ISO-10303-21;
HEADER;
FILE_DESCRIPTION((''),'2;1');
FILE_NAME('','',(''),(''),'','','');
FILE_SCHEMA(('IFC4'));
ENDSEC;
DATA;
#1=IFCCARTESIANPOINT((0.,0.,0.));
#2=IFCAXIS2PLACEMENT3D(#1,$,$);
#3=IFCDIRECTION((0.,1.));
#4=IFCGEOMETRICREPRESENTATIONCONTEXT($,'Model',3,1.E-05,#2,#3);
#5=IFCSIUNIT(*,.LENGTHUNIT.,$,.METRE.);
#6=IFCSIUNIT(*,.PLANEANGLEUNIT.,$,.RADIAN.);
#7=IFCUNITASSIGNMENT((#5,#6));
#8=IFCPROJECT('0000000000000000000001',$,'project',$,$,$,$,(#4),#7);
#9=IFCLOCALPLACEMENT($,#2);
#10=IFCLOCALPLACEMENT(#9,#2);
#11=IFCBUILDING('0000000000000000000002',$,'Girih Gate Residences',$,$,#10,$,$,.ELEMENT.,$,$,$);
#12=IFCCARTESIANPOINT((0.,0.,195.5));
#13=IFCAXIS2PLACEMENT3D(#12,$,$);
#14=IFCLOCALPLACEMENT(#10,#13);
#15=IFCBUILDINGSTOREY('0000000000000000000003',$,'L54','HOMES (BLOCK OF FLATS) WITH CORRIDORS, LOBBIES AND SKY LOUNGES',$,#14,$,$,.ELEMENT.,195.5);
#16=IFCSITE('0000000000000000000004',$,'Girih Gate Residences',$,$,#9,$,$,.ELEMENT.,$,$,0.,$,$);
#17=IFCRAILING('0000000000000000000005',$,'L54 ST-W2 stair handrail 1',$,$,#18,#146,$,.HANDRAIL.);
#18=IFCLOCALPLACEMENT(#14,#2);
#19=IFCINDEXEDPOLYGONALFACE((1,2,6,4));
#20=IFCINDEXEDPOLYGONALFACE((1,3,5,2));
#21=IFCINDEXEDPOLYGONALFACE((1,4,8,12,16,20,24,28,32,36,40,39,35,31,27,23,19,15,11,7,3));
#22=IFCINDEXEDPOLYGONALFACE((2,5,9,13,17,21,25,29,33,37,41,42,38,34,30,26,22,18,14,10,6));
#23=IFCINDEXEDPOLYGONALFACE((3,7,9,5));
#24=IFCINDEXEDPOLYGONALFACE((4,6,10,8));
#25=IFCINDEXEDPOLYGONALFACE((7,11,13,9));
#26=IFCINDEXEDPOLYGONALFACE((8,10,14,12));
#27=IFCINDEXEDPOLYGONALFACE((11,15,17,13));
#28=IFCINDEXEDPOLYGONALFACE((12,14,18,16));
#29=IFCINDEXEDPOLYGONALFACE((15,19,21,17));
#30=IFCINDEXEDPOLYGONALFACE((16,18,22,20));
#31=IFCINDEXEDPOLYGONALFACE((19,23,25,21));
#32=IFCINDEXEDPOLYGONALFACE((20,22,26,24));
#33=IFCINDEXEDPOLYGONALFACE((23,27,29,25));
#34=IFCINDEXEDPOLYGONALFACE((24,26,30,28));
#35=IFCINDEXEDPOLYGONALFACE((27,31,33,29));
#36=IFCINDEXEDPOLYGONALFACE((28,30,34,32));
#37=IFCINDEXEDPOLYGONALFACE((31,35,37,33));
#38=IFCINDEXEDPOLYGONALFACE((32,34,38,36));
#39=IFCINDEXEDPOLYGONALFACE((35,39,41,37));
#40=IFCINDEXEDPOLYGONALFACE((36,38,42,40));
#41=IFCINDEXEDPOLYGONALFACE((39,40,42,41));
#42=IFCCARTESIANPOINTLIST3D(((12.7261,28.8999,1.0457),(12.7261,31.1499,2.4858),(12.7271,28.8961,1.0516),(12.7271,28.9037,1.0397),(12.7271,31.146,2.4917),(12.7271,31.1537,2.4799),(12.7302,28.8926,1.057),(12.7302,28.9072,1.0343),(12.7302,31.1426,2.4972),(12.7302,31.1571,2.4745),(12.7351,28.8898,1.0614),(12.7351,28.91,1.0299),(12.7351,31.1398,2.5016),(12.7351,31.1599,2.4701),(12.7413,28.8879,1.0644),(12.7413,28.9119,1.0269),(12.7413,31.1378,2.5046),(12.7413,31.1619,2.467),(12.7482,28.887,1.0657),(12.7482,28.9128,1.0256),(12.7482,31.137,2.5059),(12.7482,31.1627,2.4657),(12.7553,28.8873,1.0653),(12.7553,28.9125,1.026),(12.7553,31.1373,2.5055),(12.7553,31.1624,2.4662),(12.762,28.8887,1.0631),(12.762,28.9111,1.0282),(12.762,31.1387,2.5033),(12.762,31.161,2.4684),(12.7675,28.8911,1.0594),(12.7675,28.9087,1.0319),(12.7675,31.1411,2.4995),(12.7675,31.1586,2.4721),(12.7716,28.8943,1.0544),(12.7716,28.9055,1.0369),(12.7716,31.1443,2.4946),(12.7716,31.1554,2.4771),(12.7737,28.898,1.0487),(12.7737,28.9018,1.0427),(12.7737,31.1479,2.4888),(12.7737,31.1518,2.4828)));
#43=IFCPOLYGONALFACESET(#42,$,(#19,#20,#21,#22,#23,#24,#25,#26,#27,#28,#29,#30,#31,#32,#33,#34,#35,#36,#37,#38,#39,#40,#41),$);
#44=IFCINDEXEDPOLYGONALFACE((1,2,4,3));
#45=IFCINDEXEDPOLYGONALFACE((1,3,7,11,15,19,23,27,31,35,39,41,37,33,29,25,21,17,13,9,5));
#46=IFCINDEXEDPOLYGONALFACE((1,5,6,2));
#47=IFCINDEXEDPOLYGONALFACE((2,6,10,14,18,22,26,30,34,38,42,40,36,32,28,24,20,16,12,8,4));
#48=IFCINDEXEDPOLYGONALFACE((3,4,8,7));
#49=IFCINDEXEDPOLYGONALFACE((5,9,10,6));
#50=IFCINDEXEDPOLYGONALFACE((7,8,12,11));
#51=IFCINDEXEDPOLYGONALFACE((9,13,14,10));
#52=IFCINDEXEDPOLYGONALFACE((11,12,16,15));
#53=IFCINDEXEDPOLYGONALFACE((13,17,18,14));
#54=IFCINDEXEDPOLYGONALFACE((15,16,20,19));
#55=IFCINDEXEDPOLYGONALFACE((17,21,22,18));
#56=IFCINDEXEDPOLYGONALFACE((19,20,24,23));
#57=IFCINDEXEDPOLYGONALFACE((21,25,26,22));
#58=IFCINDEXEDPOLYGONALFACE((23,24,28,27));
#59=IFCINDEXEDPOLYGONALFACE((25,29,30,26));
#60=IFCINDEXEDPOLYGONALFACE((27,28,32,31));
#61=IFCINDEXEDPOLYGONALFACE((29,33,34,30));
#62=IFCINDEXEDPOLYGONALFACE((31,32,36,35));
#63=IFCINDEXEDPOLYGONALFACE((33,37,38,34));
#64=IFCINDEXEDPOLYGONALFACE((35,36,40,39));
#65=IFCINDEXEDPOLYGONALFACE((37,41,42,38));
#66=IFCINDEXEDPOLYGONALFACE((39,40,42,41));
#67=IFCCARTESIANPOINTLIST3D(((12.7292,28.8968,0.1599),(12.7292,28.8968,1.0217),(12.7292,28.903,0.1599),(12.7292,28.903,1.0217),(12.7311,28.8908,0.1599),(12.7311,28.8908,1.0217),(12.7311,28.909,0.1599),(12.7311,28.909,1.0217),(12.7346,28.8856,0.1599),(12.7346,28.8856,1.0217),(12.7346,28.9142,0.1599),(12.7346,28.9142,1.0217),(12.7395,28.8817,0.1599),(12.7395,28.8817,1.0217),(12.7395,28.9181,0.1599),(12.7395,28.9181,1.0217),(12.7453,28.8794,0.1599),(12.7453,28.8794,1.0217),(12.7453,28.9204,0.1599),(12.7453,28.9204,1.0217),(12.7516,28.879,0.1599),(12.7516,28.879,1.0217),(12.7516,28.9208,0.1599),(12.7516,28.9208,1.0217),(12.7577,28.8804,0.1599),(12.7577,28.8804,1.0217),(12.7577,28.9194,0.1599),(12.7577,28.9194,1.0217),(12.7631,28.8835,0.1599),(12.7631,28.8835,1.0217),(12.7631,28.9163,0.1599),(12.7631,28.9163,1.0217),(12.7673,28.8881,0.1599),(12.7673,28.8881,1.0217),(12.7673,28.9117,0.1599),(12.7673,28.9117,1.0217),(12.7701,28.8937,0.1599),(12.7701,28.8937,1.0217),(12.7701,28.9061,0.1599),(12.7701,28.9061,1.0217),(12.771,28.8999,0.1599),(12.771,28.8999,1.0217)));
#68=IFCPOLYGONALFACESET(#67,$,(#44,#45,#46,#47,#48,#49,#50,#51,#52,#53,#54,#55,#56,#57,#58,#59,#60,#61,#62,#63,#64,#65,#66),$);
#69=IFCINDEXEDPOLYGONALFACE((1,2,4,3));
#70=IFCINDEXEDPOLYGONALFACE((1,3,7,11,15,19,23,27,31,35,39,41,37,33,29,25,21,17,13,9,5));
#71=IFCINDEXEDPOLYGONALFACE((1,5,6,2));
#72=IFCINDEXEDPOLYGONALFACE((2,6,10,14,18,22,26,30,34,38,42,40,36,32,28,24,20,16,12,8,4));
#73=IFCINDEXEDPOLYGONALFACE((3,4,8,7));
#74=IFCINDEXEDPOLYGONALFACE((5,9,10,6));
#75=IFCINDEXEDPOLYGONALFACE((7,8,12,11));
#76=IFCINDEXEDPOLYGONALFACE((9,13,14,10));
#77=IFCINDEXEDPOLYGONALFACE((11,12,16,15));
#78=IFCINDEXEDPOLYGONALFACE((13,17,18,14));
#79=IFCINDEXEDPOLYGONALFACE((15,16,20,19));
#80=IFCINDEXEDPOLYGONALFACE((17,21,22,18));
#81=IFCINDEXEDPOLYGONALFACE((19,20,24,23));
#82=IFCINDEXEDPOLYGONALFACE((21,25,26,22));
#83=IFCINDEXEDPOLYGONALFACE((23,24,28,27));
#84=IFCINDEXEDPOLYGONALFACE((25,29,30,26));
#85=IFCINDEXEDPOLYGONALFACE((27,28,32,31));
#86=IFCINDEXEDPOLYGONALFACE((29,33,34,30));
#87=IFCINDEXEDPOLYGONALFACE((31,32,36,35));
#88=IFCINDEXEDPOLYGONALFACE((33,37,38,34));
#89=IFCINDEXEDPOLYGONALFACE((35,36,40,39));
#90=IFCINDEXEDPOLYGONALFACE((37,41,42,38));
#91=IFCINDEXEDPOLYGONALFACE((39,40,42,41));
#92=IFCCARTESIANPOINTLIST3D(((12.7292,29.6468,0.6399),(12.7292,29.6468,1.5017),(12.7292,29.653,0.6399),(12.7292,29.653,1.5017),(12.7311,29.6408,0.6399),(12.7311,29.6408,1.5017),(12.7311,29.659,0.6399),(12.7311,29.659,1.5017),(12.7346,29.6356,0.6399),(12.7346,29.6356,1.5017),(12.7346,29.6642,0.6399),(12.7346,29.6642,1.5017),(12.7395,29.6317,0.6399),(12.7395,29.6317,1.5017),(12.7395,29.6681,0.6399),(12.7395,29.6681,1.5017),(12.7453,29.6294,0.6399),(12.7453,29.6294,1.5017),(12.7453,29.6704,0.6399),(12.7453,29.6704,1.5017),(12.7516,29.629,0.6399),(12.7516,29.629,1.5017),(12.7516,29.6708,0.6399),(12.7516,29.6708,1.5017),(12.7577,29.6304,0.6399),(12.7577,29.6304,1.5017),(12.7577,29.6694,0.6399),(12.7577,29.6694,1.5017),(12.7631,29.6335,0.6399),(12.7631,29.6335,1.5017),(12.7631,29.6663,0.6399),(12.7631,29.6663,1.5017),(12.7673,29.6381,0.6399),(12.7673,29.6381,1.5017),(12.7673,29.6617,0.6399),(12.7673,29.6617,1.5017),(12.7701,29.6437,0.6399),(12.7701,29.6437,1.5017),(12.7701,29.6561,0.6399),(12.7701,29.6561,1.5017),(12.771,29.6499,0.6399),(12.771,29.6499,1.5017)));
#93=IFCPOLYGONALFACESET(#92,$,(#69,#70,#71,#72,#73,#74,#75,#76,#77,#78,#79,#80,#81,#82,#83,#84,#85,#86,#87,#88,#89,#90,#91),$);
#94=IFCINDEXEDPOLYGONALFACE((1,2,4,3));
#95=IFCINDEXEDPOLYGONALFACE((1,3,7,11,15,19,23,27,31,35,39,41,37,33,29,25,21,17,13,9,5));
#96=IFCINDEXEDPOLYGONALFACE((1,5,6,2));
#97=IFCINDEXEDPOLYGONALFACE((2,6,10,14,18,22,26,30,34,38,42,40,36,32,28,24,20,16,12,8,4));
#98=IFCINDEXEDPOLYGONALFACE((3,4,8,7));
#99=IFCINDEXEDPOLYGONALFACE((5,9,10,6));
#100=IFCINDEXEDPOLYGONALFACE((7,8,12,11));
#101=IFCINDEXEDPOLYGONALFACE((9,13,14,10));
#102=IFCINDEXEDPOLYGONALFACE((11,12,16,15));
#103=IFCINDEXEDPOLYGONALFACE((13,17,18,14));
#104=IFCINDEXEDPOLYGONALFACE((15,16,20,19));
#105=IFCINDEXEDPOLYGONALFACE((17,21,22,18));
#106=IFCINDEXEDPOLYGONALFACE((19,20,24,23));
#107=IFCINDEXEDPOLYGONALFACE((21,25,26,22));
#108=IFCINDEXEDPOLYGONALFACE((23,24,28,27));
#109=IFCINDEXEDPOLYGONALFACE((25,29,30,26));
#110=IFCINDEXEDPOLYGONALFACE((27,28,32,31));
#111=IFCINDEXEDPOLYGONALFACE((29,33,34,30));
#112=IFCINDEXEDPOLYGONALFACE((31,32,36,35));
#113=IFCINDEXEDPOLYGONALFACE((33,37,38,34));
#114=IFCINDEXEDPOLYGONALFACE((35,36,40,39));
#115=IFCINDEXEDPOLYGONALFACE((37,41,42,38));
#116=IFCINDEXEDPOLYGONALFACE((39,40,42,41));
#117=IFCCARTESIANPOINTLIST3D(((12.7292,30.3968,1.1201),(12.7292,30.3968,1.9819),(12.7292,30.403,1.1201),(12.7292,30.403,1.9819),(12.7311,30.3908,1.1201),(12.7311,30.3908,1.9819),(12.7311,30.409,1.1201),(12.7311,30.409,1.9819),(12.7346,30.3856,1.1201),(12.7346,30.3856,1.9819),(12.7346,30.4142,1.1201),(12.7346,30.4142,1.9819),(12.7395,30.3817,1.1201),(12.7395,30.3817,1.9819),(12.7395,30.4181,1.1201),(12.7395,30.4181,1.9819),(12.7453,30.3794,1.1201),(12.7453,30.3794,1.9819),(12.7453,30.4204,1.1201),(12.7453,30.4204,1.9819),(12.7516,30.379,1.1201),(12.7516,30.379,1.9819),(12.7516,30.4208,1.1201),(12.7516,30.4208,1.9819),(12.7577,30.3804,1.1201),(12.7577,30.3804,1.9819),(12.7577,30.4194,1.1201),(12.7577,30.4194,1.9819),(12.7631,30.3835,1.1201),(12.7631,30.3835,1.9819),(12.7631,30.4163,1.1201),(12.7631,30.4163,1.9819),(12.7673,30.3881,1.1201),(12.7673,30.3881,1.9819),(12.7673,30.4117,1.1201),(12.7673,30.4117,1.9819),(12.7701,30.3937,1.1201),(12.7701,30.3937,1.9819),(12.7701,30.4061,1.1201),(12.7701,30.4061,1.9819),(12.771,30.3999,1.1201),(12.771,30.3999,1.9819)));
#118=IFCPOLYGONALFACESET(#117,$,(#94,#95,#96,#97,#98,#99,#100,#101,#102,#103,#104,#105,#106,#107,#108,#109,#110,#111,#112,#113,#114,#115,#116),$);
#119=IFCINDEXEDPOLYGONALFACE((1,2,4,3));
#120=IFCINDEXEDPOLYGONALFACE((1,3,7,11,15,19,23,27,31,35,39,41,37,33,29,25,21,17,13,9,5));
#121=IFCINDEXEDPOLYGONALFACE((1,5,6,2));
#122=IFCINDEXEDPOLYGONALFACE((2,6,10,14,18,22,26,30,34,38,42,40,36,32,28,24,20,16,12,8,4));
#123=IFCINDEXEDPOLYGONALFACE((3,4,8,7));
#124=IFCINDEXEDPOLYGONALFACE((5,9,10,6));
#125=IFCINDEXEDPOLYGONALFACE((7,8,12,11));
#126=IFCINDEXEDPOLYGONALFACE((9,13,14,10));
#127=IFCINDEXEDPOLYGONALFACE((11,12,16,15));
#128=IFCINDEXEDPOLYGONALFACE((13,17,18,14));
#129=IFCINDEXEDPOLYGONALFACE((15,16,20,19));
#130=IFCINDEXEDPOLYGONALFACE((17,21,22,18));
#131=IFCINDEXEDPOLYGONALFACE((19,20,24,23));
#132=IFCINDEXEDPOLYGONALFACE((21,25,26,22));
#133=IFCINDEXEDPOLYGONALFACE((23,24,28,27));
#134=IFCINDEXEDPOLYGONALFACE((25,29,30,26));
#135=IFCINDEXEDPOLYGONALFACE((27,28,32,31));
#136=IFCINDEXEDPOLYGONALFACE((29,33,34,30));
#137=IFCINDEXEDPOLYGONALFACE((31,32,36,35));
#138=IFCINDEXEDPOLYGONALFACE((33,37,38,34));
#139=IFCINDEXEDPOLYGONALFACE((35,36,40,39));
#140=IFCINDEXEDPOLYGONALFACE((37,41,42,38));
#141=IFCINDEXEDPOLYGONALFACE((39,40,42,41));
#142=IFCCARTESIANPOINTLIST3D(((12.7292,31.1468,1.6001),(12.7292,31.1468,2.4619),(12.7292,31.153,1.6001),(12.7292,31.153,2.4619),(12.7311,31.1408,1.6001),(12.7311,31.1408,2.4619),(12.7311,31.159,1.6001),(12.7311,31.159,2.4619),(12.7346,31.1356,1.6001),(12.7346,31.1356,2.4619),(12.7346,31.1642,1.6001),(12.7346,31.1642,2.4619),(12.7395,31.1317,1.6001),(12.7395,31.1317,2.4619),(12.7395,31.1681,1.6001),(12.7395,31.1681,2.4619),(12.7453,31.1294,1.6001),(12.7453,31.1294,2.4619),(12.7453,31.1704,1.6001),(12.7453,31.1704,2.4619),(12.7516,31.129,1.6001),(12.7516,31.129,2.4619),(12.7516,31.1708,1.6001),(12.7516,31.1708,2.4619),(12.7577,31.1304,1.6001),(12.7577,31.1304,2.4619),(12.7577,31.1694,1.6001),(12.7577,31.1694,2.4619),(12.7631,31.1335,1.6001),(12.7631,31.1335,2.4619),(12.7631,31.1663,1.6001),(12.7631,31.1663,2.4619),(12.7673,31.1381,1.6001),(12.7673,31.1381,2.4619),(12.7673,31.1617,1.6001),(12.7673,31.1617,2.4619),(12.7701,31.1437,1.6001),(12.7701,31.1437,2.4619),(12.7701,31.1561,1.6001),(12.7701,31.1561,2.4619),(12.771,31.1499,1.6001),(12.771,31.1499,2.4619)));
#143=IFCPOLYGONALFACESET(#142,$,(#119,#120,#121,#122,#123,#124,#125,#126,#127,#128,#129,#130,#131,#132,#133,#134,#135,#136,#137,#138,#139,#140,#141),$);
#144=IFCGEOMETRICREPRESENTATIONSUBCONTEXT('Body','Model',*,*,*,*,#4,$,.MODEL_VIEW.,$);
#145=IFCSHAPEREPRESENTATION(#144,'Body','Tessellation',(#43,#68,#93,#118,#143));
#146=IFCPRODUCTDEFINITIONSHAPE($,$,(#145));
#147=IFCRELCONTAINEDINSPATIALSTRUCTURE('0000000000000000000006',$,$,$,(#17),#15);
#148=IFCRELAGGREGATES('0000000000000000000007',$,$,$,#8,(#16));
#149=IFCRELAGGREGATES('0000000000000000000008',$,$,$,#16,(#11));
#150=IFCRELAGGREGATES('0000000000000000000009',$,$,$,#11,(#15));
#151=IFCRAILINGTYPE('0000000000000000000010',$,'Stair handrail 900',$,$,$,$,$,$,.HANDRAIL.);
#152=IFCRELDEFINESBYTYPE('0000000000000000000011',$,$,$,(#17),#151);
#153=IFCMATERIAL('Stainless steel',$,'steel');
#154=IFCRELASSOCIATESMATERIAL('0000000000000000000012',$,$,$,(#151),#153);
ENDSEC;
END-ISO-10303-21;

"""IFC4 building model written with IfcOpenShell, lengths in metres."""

from ifc_helpers import new_model, si_unit, direction, frame, origin, origin_2d, place, context, subcontext, project, spatial, circle, extrude, material, type_object, element, save


model = new_model("IFC4")

# Units and contexts
model_context = context("Model", 3, precision=1e-05, world=origin(), true_north=direction((0.0, 1.0)))
body_context = subcontext(model_context, "Body", "Model", "MODEL_VIEW")
ifc_project = project(units=[si_unit("LENGTHUNIT", "METRE"), si_unit("PLANEANGLEUNIT", "RADIAN")], contexts=[model_context])

# Site, building, storey
site_placement = place(None, origin())
site = spatial("IfcSite", under=ifc_project, at=site_placement, Name="Girih Gate Residences", CompositionType="ELEMENT", RefElevation=0.0)
building_placement = place(site_placement, origin())
building = spatial("IfcBuilding", under=site, at=building_placement, Name="Girih Gate Residences", CompositionType="ELEMENT")
storey_placement = place(building_placement, frame((0.0, 0.0, 195.5)))
storey = spatial("IfcBuildingStorey", under=building, at=storey_placement, Name="L54", Description="HOMES (BLOCK OF FLATS) WITH CORRIDORS, LOBBIES AND SKY LOUNGES", CompositionType="ELEMENT", Elevation=195.5)

# Railing
ifc_material_1 = material(Name="Stainless steel", Category="steel")
railing_type_1 = type_object("IfcRailingType", Name="Stair handrail 900", PredefinedType="HANDRAIL", material=ifc_material_1)
railing_1_placement = place(storey_placement, frame((12.75, 28.8999, 0.1599)))
element("IfcRailing", 1, at=railing_1_placement, inside=storey, type_object=railing_type_1, Name="L54 ST-W2 stair handrail 1", PredefinedType="HANDRAIL", context=body_context, shape_type="SweptSolid", body=[
    extrude(circle(Radius=0.0239, at=origin_2d()), frame((0.0, 0.0, 0.8857), z_axis=(0.0, 0.84224, 0.539103), x_axis=(-1.0, 0.0, 0.0)), (0.0, 0.0, 1.0), 2.6714),
    extrude(circle(Radius=0.021, at=origin_2d()), origin(), (0.0, 0.0, 1.0), 0.8618),
    extrude(circle(Radius=0.021, at=origin_2d()), frame((0.0, 0.75, 0.48)), (0.0, 0.0, 1.0), 0.8618),
    extrude(circle(Radius=0.021, at=origin_2d()), frame((0.0, 1.5, 0.9602)), (0.0, 0.0, 1.0), 0.8618),
    extrude(circle(Radius=0.021, at=origin_2d()), frame((0.0, 2.25, 1.4402)), (0.0, 0.0, 1.0), 0.8618),
])

save(model, "model.ifc")
